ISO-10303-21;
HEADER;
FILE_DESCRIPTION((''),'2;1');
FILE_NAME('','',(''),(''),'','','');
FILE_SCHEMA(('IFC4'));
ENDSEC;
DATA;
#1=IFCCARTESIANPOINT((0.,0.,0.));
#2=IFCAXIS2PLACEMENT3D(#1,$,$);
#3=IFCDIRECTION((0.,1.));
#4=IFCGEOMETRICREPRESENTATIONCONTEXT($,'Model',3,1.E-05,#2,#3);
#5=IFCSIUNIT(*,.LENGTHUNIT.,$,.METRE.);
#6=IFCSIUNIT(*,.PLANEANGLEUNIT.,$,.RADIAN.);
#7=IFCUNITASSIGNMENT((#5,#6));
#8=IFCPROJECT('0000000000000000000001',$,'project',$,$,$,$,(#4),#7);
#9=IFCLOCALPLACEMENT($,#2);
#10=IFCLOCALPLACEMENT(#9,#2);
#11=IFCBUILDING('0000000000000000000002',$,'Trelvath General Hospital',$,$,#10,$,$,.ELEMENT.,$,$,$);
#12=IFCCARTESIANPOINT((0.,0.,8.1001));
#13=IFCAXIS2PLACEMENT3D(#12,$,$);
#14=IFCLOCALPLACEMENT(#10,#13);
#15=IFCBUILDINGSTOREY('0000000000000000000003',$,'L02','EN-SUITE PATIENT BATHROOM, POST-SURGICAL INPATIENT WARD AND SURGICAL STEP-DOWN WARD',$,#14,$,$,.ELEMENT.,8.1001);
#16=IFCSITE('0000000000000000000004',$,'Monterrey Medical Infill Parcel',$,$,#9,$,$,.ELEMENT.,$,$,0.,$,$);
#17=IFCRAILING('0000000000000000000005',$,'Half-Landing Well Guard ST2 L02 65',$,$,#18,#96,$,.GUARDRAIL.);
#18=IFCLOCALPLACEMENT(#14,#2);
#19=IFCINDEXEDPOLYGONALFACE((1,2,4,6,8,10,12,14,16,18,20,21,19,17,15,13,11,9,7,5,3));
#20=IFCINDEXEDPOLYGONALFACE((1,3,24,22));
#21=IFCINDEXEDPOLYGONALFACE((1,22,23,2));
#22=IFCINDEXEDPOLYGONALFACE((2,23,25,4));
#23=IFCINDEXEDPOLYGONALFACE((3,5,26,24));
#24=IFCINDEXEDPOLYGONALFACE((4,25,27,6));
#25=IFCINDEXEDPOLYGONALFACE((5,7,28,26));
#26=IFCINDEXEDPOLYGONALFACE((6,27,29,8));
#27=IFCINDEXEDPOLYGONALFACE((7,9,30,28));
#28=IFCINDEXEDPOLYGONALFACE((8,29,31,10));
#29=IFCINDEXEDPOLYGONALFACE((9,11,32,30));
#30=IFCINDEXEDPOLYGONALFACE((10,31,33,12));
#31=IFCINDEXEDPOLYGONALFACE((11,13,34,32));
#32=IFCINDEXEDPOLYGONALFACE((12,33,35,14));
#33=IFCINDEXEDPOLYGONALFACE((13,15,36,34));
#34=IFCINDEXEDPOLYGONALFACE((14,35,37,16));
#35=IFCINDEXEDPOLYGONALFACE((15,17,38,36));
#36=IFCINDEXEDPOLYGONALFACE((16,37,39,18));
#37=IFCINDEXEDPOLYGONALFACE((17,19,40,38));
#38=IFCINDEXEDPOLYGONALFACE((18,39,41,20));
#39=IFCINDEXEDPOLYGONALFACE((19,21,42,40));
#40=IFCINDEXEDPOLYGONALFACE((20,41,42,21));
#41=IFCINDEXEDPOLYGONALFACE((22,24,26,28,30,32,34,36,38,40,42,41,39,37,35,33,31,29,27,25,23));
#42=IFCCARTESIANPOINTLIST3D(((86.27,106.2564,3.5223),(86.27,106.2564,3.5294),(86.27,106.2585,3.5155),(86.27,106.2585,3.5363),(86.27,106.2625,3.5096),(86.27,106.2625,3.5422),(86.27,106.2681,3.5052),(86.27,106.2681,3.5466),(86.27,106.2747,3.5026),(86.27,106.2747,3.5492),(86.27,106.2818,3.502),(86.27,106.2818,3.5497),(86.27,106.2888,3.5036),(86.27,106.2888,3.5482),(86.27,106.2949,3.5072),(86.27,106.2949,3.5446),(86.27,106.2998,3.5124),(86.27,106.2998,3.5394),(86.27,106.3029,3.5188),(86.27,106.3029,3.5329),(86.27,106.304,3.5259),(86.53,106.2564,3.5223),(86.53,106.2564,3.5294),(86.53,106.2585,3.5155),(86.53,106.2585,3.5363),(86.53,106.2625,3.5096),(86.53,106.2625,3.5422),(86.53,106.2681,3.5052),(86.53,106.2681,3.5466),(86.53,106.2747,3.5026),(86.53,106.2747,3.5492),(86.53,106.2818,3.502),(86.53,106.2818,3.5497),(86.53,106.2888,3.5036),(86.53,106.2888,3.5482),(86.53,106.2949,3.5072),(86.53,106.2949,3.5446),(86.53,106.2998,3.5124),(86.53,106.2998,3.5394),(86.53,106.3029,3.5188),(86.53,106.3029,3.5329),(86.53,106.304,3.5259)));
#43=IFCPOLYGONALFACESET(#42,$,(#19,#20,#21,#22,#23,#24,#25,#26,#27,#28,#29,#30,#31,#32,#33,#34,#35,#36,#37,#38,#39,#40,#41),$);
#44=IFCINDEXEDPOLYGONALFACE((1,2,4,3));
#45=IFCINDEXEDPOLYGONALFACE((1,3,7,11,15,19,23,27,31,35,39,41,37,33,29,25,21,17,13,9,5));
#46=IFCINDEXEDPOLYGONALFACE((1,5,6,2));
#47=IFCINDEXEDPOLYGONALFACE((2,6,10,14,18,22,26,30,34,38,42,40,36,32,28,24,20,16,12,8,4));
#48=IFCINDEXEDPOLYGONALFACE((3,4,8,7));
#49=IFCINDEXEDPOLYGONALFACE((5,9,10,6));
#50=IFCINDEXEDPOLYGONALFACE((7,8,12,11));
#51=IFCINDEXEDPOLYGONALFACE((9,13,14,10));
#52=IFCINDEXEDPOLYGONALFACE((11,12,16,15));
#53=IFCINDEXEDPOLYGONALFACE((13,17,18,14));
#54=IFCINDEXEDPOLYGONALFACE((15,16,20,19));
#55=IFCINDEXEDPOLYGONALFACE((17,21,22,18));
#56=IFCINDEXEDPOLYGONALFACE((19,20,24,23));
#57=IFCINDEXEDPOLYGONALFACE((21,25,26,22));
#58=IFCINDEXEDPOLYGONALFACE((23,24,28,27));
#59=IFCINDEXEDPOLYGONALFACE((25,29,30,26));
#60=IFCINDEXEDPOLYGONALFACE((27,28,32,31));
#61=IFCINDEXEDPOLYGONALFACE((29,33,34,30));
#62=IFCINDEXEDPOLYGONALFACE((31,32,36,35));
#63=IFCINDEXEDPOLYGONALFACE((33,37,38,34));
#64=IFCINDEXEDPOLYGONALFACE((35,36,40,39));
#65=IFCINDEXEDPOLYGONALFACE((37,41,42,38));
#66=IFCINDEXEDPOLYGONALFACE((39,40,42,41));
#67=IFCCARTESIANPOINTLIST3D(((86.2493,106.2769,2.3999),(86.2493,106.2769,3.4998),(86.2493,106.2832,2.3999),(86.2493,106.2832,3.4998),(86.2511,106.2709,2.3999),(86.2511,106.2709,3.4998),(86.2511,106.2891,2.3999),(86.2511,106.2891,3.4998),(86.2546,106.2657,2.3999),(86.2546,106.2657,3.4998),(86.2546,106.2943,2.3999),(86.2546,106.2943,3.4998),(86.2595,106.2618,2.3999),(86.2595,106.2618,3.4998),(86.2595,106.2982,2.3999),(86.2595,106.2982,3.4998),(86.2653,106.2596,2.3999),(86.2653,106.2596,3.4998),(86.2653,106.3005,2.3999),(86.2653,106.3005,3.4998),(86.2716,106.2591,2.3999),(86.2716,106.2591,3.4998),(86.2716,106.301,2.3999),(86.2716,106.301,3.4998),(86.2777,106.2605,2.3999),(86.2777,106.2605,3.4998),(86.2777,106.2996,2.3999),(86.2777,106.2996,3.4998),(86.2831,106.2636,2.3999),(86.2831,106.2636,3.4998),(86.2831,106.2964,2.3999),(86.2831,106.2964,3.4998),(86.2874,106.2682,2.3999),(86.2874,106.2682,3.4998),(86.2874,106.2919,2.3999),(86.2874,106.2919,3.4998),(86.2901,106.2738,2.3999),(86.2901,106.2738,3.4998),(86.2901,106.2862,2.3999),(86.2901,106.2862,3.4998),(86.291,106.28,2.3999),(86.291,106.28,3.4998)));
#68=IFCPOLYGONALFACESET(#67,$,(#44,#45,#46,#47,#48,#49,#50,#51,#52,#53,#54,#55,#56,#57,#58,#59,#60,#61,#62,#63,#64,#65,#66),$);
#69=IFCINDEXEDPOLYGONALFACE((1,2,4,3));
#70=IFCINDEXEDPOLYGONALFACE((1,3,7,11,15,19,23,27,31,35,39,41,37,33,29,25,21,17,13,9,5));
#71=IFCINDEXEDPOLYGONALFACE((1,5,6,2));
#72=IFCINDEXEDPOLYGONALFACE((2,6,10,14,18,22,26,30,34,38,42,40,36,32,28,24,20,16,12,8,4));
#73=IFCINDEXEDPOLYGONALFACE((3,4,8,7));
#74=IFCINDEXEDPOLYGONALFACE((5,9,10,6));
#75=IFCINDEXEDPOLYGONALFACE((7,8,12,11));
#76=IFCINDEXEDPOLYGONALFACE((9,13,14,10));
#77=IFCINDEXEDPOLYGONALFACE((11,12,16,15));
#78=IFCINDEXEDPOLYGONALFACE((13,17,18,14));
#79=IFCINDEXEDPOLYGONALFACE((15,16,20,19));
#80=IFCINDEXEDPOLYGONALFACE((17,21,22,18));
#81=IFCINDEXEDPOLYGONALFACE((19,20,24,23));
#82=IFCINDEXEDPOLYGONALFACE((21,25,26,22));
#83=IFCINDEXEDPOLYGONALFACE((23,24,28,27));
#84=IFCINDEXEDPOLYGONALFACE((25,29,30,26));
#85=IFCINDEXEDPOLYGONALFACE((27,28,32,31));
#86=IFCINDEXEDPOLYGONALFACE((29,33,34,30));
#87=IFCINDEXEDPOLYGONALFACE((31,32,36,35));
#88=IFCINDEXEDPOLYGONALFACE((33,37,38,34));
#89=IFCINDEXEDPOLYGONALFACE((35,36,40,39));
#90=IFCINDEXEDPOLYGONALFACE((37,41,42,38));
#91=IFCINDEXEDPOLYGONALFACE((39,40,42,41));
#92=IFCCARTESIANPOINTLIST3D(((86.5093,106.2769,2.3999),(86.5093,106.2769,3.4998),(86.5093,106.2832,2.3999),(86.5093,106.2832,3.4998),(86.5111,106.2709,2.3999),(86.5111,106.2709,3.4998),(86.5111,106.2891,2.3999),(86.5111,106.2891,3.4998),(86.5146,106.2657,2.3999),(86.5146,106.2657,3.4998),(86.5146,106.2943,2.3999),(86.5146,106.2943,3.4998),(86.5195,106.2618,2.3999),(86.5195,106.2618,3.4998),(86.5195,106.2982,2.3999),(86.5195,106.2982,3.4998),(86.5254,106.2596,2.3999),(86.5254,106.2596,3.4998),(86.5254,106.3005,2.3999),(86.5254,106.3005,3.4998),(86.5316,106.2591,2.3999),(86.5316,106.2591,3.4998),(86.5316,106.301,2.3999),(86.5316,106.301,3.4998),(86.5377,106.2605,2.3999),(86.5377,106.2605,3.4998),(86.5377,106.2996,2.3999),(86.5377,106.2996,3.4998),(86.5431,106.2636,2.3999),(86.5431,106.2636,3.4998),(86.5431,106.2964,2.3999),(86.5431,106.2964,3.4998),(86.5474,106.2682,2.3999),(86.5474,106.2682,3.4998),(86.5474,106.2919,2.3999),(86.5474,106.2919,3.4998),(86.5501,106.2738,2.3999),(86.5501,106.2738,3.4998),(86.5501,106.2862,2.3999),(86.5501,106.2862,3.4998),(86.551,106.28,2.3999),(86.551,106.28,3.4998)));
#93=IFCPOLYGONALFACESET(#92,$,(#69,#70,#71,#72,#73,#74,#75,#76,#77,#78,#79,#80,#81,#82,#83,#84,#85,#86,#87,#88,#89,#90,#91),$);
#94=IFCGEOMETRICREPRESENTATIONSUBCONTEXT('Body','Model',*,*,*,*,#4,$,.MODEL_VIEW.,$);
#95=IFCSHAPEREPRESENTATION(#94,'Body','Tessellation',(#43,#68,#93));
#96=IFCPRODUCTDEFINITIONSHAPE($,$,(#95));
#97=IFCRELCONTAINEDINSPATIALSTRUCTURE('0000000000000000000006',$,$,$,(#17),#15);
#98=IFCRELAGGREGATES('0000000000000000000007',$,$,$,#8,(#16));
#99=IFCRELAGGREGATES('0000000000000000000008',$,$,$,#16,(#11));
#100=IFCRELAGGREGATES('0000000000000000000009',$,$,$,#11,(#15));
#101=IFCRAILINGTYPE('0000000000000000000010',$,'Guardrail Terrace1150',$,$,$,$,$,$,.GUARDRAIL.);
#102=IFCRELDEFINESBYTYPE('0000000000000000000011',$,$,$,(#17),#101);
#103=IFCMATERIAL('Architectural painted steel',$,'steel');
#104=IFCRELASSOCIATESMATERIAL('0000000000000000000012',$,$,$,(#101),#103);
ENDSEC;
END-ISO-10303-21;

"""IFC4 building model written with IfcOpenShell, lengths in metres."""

from ifc_helpers import new_model, si_unit, direction, frame, origin, origin_2d, place, context, subcontext, project, spatial, circle, extrude, material, type_object, element, save


model = new_model("IFC4")

# Units and contexts
model_context = context("Model", 3, precision=1e-05, world=origin(), true_north=direction((0.0, 1.0)))
body_context = subcontext(model_context, "Body", "Model", "MODEL_VIEW")
ifc_project = project(units=[si_unit("LENGTHUNIT", "METRE"), si_unit("PLANEANGLEUNIT", "RADIAN")], contexts=[model_context])

# Site, building, storey
site_placement = place(None, origin())
site = spatial("IfcSite", under=ifc_project, at=site_placement, Name="Monterrey Medical Infill Parcel", CompositionType="ELEMENT", RefElevation=0.0)
building_placement = place(site_placement, origin())
building = spatial("IfcBuilding", under=site, at=building_placement, Name="Trelvath General Hospital", CompositionType="ELEMENT")
storey_placement = place(building_placement, frame((0.0, 0.0, 8.1001)))
storey = spatial("IfcBuildingStorey", under=building, at=storey_placement, Name="L02", Description="EN-SUITE PATIENT BATHROOM, POST-SURGICAL INPATIENT WARD AND SURGICAL STEP-DOWN WARD", CompositionType="ELEMENT", Elevation=8.1001)

# Railing
ifc_material_1 = material(Name="Architectural painted steel", Category="steel")
railing_type_1 = type_object("IfcRailingType", Name="Guardrail Terrace1150", PredefinedType="GUARDRAIL", material=ifc_material_1)
railing_1_placement = place(storey_placement, frame((86.27, 106.28, 2.3999)))
element("IfcRailing", 1, at=railing_1_placement, inside=storey, type_object=railing_type_1, Name="Half-Landing Well Guard ST2 L02 65", PredefinedType="GUARDRAIL", context=body_context, shape_type="SweptSolid", body=[
    extrude(circle(Radius=0.0239, at=origin_2d()), frame((0.0, 0.0, 1.126), z_axis=(1.0, 0.0, 0.0), x_axis=(0.0, 1.0, 0.0)), (0.0, 0.0, 1.0), 0.26),
    extrude(circle(Radius=0.021, at=origin_2d()), origin(), (0.0, 0.0, 1.0), 1.0999),
    extrude(circle(Radius=0.021, at=origin_2d()), frame((0.26, 0.0, 0.0)), (0.0, 0.0, 1.0), 1.0999),
])

save(model, "model.ifc")
